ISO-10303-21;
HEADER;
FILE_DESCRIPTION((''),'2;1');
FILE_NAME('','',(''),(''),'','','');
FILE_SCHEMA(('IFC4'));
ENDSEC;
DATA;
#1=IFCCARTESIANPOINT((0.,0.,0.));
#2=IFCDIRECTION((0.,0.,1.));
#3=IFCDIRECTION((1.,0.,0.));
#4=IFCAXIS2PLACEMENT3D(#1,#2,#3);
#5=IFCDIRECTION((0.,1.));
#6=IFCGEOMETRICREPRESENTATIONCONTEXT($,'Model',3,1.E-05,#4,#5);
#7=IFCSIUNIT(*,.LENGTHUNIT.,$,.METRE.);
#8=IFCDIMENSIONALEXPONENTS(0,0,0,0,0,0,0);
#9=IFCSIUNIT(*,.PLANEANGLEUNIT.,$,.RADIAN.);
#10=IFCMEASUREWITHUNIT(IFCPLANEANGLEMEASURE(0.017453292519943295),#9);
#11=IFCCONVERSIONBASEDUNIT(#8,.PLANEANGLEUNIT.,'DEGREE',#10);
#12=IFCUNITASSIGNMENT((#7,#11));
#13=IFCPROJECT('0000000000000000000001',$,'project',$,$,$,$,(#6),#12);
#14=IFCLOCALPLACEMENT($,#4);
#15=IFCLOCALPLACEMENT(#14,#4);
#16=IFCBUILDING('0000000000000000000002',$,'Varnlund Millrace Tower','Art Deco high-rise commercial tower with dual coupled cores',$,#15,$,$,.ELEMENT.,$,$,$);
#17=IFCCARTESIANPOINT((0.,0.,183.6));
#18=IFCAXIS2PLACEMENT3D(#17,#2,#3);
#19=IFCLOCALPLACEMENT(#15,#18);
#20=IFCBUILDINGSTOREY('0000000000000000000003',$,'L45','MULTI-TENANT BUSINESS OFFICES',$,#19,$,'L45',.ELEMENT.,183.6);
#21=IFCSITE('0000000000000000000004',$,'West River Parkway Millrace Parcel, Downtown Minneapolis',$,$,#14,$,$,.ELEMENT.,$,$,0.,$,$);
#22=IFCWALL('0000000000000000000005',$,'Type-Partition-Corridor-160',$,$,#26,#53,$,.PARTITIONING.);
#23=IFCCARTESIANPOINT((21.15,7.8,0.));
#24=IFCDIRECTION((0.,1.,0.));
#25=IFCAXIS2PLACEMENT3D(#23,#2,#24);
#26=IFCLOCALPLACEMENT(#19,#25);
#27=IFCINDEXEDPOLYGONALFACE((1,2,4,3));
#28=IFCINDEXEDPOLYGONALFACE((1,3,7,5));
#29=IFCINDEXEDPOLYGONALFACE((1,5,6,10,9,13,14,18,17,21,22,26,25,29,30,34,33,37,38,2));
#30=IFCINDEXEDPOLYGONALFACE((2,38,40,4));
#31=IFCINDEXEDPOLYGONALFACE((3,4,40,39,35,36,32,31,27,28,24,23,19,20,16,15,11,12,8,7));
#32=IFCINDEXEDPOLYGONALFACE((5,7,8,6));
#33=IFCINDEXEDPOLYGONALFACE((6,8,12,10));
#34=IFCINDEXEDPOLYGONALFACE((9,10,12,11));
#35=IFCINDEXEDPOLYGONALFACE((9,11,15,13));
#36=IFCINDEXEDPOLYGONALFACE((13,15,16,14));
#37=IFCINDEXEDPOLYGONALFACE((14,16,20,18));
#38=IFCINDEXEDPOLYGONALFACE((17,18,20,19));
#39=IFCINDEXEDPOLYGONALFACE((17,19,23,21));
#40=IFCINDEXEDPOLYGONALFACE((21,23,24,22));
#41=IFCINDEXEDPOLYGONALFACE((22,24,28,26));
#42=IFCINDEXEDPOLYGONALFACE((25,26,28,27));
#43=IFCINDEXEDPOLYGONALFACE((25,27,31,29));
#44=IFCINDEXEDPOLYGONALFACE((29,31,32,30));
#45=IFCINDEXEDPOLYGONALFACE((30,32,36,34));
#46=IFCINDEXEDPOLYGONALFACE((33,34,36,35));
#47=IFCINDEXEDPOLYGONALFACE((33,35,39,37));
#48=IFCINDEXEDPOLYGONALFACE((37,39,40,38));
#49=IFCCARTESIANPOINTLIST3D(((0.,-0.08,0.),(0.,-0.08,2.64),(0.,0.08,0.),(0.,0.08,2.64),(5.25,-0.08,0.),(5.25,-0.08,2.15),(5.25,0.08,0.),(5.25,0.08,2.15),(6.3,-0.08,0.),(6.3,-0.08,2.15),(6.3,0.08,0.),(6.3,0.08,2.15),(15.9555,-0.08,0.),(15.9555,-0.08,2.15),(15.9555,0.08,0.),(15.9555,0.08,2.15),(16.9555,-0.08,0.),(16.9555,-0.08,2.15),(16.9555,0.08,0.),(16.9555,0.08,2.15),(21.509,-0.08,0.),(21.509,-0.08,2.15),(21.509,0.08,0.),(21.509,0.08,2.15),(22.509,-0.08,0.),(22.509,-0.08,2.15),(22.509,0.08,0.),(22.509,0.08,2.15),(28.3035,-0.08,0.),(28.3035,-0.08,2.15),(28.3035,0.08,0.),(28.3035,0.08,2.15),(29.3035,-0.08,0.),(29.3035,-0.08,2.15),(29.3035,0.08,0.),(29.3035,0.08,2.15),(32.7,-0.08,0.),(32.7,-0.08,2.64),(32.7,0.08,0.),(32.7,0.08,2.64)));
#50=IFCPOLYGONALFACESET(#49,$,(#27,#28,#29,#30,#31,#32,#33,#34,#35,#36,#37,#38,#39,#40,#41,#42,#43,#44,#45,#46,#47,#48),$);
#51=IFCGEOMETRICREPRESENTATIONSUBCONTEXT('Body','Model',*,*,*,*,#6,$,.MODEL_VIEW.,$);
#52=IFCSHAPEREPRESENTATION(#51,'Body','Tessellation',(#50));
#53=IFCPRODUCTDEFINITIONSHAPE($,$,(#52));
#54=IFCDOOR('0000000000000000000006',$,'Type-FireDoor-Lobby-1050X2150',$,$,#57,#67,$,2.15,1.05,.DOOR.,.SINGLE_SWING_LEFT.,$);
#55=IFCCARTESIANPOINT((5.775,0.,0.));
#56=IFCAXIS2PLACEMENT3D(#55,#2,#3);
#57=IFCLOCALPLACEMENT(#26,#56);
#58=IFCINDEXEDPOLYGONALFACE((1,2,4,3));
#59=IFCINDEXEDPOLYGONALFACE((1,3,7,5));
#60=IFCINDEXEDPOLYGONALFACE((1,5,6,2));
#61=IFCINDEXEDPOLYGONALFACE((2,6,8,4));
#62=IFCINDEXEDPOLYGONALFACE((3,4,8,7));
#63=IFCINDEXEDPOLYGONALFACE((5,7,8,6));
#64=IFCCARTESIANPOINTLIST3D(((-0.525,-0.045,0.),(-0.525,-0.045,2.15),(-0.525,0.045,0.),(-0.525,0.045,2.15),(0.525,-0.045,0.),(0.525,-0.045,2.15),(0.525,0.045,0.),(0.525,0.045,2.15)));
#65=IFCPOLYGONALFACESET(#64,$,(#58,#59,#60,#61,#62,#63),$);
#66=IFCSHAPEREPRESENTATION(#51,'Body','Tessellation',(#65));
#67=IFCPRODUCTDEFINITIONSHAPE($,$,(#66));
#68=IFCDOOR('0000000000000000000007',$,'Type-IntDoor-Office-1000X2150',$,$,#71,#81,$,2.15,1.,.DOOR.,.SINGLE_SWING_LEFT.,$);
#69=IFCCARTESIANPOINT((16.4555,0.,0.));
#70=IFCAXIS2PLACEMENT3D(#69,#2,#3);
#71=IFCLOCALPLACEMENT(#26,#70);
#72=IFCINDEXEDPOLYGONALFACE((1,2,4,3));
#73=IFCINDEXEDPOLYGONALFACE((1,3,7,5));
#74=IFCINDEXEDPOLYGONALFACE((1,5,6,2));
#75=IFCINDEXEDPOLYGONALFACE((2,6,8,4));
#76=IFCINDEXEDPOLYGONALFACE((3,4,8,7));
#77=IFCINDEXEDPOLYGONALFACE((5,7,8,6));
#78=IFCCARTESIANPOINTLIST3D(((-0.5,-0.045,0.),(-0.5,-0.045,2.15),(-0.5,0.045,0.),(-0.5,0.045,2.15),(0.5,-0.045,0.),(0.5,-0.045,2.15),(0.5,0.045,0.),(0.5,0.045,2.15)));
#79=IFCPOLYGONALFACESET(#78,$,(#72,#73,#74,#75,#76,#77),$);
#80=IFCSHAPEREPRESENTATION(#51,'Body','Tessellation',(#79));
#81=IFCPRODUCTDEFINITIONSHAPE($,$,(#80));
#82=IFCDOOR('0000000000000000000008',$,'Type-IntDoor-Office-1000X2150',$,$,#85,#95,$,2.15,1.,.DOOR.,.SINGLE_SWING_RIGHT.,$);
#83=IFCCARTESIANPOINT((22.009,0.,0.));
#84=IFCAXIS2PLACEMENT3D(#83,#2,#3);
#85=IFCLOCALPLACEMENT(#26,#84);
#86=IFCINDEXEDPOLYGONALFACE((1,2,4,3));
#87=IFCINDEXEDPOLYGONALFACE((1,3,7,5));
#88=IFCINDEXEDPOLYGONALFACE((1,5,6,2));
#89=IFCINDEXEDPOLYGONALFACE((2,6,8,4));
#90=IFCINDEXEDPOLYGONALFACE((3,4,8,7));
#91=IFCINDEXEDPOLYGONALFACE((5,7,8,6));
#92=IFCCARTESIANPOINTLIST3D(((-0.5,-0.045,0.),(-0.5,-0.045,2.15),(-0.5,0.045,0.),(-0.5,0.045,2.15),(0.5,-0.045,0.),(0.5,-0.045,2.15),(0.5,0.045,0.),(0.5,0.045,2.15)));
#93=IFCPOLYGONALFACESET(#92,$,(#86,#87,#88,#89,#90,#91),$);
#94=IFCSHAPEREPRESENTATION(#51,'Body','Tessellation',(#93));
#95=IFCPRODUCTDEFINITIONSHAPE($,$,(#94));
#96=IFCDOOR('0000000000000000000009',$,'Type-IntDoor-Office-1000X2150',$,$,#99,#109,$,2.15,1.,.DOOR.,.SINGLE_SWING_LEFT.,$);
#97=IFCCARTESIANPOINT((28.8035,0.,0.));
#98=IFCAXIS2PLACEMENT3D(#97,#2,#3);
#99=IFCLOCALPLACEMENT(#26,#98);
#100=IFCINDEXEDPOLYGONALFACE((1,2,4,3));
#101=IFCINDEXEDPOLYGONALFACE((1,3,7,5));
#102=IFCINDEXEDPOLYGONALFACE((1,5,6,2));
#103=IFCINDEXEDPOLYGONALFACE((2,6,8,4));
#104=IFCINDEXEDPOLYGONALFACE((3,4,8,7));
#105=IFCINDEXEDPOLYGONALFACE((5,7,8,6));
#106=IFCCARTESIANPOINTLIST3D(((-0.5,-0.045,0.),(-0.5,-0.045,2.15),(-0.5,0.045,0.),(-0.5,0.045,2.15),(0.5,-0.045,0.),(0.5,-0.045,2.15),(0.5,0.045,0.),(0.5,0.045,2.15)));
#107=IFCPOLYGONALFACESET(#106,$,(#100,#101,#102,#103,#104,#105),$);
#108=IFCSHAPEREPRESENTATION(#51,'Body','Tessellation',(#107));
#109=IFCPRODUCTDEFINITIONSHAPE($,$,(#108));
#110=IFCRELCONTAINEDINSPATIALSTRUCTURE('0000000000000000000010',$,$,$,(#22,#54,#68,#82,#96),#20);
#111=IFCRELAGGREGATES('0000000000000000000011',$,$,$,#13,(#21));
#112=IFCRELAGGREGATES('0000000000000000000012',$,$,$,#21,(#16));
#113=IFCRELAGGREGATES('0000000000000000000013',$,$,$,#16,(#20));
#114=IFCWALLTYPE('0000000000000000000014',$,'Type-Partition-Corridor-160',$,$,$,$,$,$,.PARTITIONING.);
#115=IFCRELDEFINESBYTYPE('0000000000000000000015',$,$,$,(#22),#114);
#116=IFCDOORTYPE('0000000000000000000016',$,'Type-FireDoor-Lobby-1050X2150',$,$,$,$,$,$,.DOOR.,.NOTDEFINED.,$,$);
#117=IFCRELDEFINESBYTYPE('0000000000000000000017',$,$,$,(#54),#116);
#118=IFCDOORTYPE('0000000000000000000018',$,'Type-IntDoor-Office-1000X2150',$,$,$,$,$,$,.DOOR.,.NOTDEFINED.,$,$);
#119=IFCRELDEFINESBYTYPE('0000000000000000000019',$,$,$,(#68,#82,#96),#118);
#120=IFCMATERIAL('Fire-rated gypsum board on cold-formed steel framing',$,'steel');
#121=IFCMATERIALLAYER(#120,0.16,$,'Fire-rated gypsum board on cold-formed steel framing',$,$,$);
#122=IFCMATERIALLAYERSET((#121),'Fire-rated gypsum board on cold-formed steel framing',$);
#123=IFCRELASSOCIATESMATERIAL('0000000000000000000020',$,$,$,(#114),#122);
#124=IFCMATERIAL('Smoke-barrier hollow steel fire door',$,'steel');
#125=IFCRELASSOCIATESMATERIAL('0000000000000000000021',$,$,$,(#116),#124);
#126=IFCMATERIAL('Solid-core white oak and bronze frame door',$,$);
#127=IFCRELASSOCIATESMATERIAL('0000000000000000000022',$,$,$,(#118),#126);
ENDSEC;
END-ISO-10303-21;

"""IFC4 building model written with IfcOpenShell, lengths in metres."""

from ifc_helpers import new_model, entity, si_unit, converted_unit, direction, frame, origin_with_axes, origin_2d_with_axis, place, context, subcontext, project, spatial, polyline, rectangle, outline, extrude, material, layer, layer_set, type_object, element, fill, save


model = new_model("IFC4")

# Units and contexts
model_context = context("Model", 3, precision=1e-05, world=origin_with_axes(), true_north=direction((0.0, 1.0)))
body_context = subcontext(model_context, "Body", "Model", "MODEL_VIEW")
ifc_project = project(units=[si_unit("LENGTHUNIT", "METRE"), converted_unit("PLANEANGLEUNIT", "DEGREE", entity("IfcPlaneAngleMeasure", 0.017453292519943295), si_unit("PLANEANGLEUNIT", "RADIAN"), dimensions=[0, 0, 0, 0, 0, 0, 0])], contexts=[model_context])

# Site, building, storey
site_placement = place(None, origin_with_axes())
site = spatial("IfcSite", under=ifc_project, at=site_placement, Name="West River Parkway Millrace Parcel, Downtown Minneapolis", CompositionType="ELEMENT", RefElevation=0.0)
building_placement = place(site_placement, origin_with_axes())
building = spatial("IfcBuilding", under=site, at=building_placement, Name="Varnlund Millrace Tower", Description="Art Deco high-rise commercial tower with dual coupled cores", CompositionType="ELEMENT")
storey_placement = place(building_placement, frame((0.0, 0.0, 183.6), z_axis=(0.0, 0.0, 1.0), x_axis=(1.0, 0.0, 0.0)))
storey = spatial("IfcBuildingStorey", under=building, at=storey_placement, Name="L45", Description="MULTI-TENANT BUSINESS OFFICES", LongName="L45", CompositionType="ELEMENT", Elevation=183.6)

# Wall, openings, doors
ifc_material_1 = material(Name="Fire-rated gypsum board on cold-formed steel framing", Category="steel")
ifc_layer_1 = layer(ifc_material_1, 0.16, Name="Fire-rated gypsum board on cold-formed steel framing")
ifc_layer_set_1 = layer_set([ifc_layer_1], Name="Fire-rated gypsum board on cold-formed steel framing")
wall_type_1 = type_object("IfcWallType", Name="Type-Partition-Corridor-160", PredefinedType="PARTITIONING", material=ifc_layer_set_1)
wall_1_placement = place(storey_placement, frame((21.15, 7.8, 0.0), z_axis=(0.0, 0.0, 1.0), x_axis=(0.0, 1.0, 0.0)))
wall_1 = element("IfcWall", 1, at=wall_1_placement, inside=storey, type_object=wall_type_1, Name="Type-Partition-Corridor-160", PredefinedType="PARTITIONING", context=body_context, shape_type="SweptSolid", body=[
    extrude(outline(polyline([(0.0, -0.08), (32.7, -0.08), (32.7, 0.08), (0.0, 0.08), (0.0, -0.08)])), origin_with_axes(), (0.0, 0.0, 1.0), 2.64),
])
opening_1_placement = place(wall_1_placement, frame((16.4555, 0.0, 0.0), z_axis=(0.0, 0.0, 1.0), x_axis=(1.0, 0.0, 0.0)))
opening_1 = element("IfcOpeningElement", 2, at=opening_1_placement, cuts=wall_1, PredefinedType="OPENING", context=body_context, shape_type="SweptSolid", body=[
    extrude(rectangle(XDim=1.0, YDim=0.18, at=origin_2d_with_axis()), origin_with_axes(), (0.0, 0.0, 1.0), 2.15),
])
opening_2_placement = place(wall_1_placement, frame((22.009, 0.0, 0.0), z_axis=(0.0, 0.0, 1.0), x_axis=(1.0, 0.0, 0.0)))
opening_2 = element("IfcOpeningElement", 3, at=opening_2_placement, cuts=wall_1, PredefinedType="OPENING", context=body_context, shape_type="SweptSolid", body=[
    extrude(rectangle(XDim=1.0, YDim=0.18, at=origin_2d_with_axis()), origin_with_axes(), (0.0, 0.0, 1.0), 2.15),
])
opening_3_placement = place(wall_1_placement, frame((28.8035, 0.0, 0.0), z_axis=(0.0, 0.0, 1.0), x_axis=(1.0, 0.0, 0.0)))
opening_3 = element("IfcOpeningElement", 4, at=opening_3_placement, cuts=wall_1, PredefinedType="OPENING", context=body_context, shape_type="SweptSolid", body=[
    extrude(rectangle(XDim=1.0, YDim=0.18, at=origin_2d_with_axis()), origin_with_axes(), (0.0, 0.0, 1.0), 2.15),
])
opening_4_placement = place(wall_1_placement, frame((5.775, 0.0, 0.0), z_axis=(0.0, 0.0, 1.0), x_axis=(1.0, 0.0, 0.0)))
opening_4 = element("IfcOpeningElement", 5, at=opening_4_placement, cuts=wall_1, PredefinedType="OPENING", context=body_context, shape_type="SweptSolid", body=[
    extrude(rectangle(XDim=1.05, YDim=0.18, at=origin_2d_with_axis()), origin_with_axes(), (0.0, 0.0, 1.0), 2.15),
])
ifc_material_2 = material(Name="Smoke-barrier hollow steel fire door", Category="steel")
door_type_1 = type_object("IfcDoorType", Name="Type-FireDoor-Lobby-1050X2150", OperationType="NOTDEFINED", PredefinedType="DOOR", material=ifc_material_2)
door_1_placement = place(wall_1_placement, frame((5.775, 0.0, 0.0), z_axis=(0.0, 0.0, 1.0), x_axis=(1.0, 0.0, 0.0)))
door_1 = element("IfcDoor", 6, at=door_1_placement, inside=storey, type_object=door_type_1, Name="Type-FireDoor-Lobby-1050X2150", OperationType="SINGLE_SWING_LEFT", OverallHeight=2.15, OverallWidth=1.05, PredefinedType="DOOR", context=body_context, shape_type="SweptSolid", body=[
    extrude(rectangle(XDim=1.05, YDim=0.09, at=origin_2d_with_axis()), origin_with_axes(), (0.0, 0.0, 1.0), 2.15),
])
fill(opening_4, door_1)
ifc_material_3 = material(Name="Solid-core white oak and bronze frame door")
door_type_2 = type_object("IfcDoorType", Name="Type-IntDoor-Office-1000X2150", OperationType="NOTDEFINED", PredefinedType="DOOR", material=ifc_material_3)
door_2_placement = place(wall_1_placement, frame((16.4555, 0.0, 0.0), z_axis=(0.0, 0.0, 1.0), x_axis=(1.0, 0.0, 0.0)))
door_2 = element("IfcDoor", 7, at=door_2_placement, inside=storey, type_object=door_type_2, Name="Type-IntDoor-Office-1000X2150", OperationType="SINGLE_SWING_LEFT", OverallHeight=2.15, OverallWidth=1.0, PredefinedType="DOOR", context=body_context, shape_type="SweptSolid", body=[
    extrude(rectangle(XDim=1.0, YDim=0.09, at=origin_2d_with_axis()), origin_with_axes(), (0.0, 0.0, 1.0), 2.15),
])
fill(opening_1, door_2)
door_3_placement = place(wall_1_placement, frame((22.009, 0.0, 0.0), z_axis=(0.0, 0.0, 1.0), x_axis=(1.0, 0.0, 0.0)))
door_3 = element("IfcDoor", 8, at=door_3_placement, inside=storey, type_object=door_type_2, Name="Type-IntDoor-Office-1000X2150", OperationType="SINGLE_SWING_RIGHT", OverallHeight=2.15, OverallWidth=1.0, PredefinedType="DOOR", context=body_context, shape_type="SweptSolid", body=[
    extrude(rectangle(XDim=1.0, YDim=0.09, at=origin_2d_with_axis()), origin_with_axes(), (0.0, 0.0, 1.0), 2.15),
])
fill(opening_2, door_3)
door_4_placement = place(wall_1_placement, frame((28.8035, 0.0, 0.0), z_axis=(0.0, 0.0, 1.0), x_axis=(1.0, 0.0, 0.0)))
door_4 = element("IfcDoor", 9, at=door_4_placement, inside=storey, type_object=door_type_2, Name="Type-IntDoor-Office-1000X2150", OperationType="SINGLE_SWING_LEFT", OverallHeight=2.15, OverallWidth=1.0, PredefinedType="DOOR", context=body_context, shape_type="SweptSolid", body=[
    extrude(rectangle(XDim=1.0, YDim=0.09, at=origin_2d_with_axis()), origin_with_axes(), (0.0, 0.0, 1.0), 2.15),
])
fill(opening_3, door_4)

save(model, "model.ifc")
